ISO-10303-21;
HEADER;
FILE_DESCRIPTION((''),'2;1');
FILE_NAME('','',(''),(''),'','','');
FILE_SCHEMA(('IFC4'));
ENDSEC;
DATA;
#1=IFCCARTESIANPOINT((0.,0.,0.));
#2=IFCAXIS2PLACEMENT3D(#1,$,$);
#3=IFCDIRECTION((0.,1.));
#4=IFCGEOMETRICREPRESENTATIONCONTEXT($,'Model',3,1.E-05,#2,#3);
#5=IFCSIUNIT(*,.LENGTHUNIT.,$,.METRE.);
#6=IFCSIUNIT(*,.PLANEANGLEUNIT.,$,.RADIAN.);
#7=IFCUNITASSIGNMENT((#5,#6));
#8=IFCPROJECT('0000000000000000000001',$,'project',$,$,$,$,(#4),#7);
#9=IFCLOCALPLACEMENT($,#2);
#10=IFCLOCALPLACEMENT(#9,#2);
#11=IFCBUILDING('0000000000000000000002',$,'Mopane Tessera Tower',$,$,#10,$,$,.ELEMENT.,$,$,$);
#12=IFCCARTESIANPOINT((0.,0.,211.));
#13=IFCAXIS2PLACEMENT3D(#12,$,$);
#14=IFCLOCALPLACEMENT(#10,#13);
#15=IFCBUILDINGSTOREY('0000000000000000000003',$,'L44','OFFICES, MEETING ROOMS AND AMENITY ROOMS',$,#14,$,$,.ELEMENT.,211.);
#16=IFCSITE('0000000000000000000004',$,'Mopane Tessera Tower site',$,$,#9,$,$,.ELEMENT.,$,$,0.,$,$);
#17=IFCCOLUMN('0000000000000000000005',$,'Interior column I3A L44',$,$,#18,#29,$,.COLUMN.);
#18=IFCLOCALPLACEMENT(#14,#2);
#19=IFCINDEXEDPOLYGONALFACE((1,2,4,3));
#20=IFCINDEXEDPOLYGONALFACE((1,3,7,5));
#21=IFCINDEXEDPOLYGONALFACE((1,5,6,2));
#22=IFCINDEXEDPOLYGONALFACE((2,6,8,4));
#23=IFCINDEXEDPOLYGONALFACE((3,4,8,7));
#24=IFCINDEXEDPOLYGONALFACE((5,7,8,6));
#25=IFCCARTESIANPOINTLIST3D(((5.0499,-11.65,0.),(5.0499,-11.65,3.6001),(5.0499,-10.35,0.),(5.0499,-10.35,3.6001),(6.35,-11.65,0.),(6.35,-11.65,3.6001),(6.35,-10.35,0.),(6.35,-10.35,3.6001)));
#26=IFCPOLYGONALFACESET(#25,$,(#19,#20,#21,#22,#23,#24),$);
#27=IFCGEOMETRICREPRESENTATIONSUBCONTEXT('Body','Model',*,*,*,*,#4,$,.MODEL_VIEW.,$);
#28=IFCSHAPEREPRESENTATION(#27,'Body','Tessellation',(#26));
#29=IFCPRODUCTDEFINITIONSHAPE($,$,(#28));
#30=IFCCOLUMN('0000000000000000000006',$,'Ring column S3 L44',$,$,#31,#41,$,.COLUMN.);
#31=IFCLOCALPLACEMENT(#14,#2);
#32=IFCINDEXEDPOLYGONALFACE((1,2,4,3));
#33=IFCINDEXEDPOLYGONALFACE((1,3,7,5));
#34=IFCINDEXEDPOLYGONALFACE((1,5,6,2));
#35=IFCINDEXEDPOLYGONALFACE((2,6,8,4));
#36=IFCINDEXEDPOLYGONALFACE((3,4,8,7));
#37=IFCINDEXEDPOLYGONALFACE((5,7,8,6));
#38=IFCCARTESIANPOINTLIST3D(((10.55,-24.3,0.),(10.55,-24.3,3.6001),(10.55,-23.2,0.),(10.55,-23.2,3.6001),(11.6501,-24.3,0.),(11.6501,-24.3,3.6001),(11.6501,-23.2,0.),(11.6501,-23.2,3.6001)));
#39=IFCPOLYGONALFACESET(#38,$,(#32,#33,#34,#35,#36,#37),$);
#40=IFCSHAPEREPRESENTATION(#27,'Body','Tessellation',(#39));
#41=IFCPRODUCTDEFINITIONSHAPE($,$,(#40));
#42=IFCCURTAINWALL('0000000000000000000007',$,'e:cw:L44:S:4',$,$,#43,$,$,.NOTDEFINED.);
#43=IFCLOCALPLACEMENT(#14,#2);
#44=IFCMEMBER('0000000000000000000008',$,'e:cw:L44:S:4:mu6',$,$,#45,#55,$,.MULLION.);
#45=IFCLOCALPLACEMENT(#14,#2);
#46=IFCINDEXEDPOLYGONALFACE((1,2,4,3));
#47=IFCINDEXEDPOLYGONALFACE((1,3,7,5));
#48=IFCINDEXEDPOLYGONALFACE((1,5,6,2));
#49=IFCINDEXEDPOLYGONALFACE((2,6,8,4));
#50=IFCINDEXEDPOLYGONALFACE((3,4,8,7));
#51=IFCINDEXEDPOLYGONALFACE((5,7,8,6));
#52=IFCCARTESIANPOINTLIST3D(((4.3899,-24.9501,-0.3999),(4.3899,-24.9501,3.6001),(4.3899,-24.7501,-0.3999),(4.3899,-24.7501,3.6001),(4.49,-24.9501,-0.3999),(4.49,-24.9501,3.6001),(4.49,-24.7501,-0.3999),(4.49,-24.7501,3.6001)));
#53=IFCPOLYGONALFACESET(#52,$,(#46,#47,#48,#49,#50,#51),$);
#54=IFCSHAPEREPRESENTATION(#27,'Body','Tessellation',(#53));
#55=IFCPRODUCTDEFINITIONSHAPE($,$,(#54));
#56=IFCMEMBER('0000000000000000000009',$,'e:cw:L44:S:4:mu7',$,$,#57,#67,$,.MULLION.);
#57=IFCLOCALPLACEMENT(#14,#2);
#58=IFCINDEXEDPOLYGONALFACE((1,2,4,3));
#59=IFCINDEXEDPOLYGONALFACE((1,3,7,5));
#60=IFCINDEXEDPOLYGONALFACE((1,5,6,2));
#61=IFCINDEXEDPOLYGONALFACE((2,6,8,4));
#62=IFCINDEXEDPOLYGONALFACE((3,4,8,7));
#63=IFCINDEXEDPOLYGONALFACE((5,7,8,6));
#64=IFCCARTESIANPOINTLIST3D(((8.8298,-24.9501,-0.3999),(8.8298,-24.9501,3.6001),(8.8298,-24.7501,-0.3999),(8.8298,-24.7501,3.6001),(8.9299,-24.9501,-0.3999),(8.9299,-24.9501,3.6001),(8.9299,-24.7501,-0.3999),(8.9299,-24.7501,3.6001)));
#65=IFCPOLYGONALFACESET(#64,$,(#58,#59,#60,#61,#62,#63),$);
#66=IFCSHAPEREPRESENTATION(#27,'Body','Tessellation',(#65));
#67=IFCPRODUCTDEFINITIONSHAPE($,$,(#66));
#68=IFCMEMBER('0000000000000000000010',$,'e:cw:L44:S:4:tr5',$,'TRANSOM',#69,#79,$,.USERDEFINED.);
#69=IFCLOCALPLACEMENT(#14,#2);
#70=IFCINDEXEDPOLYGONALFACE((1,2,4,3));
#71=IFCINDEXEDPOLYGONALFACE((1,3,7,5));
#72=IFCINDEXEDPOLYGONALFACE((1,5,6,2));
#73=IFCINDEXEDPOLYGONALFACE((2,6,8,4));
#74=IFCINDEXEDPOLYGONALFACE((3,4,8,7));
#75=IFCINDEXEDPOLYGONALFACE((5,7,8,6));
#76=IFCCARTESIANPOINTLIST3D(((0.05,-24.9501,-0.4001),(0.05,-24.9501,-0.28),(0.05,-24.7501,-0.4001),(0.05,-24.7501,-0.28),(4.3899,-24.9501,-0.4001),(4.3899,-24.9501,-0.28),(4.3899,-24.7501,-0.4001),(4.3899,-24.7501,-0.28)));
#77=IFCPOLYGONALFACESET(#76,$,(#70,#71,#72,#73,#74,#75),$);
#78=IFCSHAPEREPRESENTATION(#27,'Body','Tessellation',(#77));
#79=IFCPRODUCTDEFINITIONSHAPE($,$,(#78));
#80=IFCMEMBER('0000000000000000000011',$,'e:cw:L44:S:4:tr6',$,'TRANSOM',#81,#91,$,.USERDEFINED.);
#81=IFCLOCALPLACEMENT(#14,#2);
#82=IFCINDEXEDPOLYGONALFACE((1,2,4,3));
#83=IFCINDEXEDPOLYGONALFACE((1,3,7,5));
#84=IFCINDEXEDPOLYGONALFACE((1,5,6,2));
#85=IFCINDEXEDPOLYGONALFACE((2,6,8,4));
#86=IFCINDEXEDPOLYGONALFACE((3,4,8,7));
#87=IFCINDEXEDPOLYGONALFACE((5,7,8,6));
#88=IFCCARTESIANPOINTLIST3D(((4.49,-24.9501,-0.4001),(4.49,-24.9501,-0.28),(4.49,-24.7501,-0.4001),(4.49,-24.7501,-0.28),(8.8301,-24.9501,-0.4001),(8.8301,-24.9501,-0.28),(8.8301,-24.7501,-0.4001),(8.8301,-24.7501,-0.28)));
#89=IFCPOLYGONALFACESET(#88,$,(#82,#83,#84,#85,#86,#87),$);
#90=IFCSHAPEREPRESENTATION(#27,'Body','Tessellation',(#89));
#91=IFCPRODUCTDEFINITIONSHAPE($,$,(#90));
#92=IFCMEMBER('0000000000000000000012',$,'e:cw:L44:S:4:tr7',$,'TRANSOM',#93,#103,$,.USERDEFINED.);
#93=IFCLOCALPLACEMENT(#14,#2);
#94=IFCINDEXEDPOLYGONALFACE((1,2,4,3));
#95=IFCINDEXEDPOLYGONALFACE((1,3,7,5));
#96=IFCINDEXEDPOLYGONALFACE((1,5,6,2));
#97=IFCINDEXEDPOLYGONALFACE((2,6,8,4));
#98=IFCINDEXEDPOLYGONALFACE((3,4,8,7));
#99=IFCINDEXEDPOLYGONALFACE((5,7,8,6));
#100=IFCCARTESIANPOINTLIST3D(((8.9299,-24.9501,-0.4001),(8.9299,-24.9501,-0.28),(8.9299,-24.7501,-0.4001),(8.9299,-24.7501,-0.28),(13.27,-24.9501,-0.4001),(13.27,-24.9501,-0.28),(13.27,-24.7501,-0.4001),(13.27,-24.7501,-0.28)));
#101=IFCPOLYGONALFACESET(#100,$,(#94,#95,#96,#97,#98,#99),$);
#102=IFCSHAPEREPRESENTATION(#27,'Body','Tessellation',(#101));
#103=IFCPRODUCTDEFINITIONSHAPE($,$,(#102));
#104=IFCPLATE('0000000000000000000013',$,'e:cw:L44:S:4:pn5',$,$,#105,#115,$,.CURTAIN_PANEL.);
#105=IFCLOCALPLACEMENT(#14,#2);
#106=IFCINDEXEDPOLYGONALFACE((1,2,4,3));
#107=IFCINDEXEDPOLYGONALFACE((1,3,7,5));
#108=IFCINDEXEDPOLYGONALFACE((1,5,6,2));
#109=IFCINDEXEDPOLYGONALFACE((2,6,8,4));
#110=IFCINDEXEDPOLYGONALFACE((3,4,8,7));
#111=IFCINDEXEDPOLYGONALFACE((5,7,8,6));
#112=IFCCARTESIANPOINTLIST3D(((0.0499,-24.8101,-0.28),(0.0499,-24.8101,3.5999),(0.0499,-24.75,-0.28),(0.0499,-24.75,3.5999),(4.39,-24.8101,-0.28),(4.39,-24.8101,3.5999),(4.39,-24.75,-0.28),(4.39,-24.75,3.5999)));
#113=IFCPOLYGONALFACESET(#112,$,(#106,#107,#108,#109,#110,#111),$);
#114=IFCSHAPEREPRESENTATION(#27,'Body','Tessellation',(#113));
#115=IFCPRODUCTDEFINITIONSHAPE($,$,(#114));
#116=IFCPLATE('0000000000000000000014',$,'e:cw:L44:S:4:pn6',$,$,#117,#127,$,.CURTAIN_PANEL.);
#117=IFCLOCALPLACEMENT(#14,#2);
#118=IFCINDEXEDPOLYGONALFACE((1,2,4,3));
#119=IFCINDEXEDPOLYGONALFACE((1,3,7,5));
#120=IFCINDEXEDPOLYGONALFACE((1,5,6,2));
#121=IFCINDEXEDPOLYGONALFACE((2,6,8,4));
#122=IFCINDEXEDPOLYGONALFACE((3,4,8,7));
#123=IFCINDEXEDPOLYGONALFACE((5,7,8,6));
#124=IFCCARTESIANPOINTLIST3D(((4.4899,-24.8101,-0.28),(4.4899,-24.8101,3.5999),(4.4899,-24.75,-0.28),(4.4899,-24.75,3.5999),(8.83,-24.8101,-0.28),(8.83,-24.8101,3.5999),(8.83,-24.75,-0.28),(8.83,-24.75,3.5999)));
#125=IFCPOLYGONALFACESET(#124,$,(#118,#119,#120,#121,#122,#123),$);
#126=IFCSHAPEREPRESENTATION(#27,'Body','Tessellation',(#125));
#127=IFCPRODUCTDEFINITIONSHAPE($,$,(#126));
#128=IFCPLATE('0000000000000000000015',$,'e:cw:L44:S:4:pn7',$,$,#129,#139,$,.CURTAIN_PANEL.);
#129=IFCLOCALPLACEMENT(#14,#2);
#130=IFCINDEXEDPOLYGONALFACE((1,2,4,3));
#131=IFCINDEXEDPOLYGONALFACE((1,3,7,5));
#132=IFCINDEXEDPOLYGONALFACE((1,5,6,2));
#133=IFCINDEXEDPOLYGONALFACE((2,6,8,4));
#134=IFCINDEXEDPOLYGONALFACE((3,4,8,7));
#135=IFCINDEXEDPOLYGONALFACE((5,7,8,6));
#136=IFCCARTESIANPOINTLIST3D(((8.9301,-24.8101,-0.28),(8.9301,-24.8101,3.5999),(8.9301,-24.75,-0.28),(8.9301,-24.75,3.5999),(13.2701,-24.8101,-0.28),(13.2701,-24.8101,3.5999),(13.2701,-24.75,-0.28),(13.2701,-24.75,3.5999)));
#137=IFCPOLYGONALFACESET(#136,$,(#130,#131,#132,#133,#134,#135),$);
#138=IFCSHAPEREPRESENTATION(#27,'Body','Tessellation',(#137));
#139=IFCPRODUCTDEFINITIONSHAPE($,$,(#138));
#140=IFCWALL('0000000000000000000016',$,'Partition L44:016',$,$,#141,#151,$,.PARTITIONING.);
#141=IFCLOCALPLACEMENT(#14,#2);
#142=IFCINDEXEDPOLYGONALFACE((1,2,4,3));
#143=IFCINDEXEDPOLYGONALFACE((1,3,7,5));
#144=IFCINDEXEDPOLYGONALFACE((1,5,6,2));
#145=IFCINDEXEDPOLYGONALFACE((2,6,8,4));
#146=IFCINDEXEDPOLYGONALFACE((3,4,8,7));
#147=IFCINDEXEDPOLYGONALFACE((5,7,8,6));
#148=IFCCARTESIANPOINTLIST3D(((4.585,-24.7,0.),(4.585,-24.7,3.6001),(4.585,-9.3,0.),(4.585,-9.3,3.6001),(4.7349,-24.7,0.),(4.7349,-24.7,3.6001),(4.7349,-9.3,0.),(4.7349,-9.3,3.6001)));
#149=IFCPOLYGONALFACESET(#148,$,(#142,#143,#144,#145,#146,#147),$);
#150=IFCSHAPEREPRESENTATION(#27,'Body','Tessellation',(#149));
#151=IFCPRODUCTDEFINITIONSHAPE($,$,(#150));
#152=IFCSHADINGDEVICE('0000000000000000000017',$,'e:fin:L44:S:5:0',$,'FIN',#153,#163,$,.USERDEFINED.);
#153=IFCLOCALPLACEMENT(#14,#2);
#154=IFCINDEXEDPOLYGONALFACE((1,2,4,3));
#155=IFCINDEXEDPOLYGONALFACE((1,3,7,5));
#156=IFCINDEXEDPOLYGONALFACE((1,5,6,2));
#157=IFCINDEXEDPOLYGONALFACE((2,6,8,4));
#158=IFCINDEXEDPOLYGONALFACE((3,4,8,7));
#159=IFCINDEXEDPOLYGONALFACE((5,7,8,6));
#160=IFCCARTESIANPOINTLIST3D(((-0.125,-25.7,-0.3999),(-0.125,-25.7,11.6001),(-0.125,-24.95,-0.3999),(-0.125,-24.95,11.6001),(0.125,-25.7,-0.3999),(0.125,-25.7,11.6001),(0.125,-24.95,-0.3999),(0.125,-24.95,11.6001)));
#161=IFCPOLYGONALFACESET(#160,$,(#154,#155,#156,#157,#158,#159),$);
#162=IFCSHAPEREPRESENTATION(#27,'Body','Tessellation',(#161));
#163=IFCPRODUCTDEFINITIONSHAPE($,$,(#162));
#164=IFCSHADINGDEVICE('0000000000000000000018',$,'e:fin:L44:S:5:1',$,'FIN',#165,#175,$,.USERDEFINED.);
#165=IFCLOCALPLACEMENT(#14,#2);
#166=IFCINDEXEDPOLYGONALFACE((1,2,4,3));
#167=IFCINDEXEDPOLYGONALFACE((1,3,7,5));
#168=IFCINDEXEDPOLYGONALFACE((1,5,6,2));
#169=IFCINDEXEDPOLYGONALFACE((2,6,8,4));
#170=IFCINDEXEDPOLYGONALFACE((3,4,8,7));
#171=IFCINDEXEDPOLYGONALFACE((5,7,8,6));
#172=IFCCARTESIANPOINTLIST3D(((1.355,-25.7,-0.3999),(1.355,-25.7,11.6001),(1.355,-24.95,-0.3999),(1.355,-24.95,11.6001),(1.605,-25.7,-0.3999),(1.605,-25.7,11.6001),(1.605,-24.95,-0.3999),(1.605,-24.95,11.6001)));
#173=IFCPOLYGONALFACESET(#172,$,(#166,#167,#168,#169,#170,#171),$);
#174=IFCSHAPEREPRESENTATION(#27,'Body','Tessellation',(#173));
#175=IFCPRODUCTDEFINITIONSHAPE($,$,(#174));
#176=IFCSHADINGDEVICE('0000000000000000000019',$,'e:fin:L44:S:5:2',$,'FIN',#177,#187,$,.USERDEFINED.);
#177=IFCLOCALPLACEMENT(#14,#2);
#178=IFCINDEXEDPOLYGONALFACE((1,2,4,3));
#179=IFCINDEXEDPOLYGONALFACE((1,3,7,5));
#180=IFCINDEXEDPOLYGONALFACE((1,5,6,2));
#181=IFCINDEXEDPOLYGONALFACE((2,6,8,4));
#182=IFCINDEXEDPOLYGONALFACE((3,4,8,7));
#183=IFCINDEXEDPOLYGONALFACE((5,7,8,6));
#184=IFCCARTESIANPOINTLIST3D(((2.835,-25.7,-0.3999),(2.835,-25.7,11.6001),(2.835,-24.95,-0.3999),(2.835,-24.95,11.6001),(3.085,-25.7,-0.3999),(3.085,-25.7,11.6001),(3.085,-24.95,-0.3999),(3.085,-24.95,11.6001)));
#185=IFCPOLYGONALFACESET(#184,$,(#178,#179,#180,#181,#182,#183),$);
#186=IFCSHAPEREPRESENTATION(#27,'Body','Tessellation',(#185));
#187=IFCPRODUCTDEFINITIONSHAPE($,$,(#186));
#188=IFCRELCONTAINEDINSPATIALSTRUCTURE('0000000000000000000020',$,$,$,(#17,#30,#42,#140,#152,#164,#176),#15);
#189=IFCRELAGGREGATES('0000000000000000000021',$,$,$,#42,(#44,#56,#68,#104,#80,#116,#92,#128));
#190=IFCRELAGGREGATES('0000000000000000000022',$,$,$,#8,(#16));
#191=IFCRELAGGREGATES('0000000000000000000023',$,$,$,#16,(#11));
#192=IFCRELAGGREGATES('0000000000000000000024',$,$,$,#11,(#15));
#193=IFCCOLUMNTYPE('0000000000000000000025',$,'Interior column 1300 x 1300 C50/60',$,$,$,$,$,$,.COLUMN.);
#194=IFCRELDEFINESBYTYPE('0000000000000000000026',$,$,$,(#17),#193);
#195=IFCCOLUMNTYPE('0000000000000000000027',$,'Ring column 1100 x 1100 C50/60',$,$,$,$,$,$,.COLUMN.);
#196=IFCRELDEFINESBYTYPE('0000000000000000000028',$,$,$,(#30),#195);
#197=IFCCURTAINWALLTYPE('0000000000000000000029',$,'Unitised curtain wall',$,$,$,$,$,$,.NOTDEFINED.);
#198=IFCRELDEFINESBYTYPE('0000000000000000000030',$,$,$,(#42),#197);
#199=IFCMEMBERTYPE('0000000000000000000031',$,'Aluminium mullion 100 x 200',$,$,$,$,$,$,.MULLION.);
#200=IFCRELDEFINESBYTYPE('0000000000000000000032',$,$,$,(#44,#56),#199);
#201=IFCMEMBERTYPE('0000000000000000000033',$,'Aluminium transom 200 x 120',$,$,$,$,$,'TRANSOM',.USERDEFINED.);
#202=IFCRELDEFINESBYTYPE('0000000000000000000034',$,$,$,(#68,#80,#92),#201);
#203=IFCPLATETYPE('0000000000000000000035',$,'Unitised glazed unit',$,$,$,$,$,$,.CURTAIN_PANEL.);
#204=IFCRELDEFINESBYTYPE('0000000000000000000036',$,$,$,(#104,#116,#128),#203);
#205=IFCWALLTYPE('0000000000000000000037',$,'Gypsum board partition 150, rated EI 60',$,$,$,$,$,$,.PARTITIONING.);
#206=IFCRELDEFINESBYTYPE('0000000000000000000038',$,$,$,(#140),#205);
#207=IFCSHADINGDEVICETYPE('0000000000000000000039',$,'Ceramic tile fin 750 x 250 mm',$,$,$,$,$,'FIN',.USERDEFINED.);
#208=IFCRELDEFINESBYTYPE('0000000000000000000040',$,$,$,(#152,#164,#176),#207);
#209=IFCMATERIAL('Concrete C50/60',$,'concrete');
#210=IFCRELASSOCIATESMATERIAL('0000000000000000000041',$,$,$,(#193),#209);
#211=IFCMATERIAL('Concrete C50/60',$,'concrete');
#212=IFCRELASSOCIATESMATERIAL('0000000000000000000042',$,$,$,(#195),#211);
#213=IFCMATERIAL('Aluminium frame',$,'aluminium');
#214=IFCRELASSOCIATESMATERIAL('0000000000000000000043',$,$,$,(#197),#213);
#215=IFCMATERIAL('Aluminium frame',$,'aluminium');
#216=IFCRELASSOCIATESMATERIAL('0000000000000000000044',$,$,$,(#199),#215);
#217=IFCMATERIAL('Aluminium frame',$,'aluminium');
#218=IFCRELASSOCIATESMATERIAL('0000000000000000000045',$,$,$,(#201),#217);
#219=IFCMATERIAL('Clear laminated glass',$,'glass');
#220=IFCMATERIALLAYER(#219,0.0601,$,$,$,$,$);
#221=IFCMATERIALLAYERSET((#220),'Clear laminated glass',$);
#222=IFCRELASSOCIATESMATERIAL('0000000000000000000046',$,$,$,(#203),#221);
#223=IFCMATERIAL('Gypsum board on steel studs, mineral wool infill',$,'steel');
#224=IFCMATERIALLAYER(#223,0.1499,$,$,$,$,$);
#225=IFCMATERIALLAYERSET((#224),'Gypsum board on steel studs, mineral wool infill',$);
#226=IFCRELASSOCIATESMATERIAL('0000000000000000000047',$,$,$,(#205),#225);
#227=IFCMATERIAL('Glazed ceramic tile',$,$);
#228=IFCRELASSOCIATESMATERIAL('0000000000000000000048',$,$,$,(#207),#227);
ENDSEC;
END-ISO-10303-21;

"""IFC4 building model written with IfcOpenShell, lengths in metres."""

from ifc_helpers import new_model, si_unit, direction, frame, frame_2d, origin, origin_2d, place, context, subcontext, project, spatial, rectangle, extrude, material, layer, layer_set, material_profile, profile_set, type_object, element, aggregate, save


model = new_model("IFC4")

# Units and contexts
model_context = context("Model", 3, precision=1e-05, world=origin(), true_north=direction((0.0, 1.0)))
body_context = subcontext(model_context, "Body", "Model", "MODEL_VIEW")
ifc_project = project(units=[si_unit("LENGTHUNIT", "METRE"), si_unit("PLANEANGLEUNIT", "RADIAN")], contexts=[model_context])

# Site, building, storey
site_placement = place(None, origin())
site = spatial("IfcSite", under=ifc_project, at=site_placement, Name="Mopane Tessera Tower site", CompositionType="ELEMENT", RefElevation=0.0)
building_placement = place(site_placement, origin())
building = spatial("IfcBuilding", under=site, at=building_placement, Name="Mopane Tessera Tower", CompositionType="ELEMENT")
storey_placement = place(building_placement, frame((0.0, 0.0, 211.0)))
storey = spatial("IfcBuildingStorey", under=building, at=storey_placement, Name="L44", Description="OFFICES, MEETING ROOMS AND AMENITY ROOMS", CompositionType="ELEMENT", Elevation=211.0)

# Columns
ifc_material_1 = material(Name="Concrete C50/60", Category="concrete")
ifc_material_profile_1 = material_profile(ifc_material_1, rectangle(XDim=1.3, YDim=1.3, at=origin_2d()))
ifc_profile_set_1 = profile_set([ifc_material_profile_1], Name="Concrete C50/60")
column_type_1 = type_object("IfcColumnType", Name="Interior column 1300 x 1300 C50/60", PredefinedType="COLUMN", material=ifc_profile_set_1)
column_1_placement = place(storey_placement, frame((5.7, -11.0, 0.0), z_axis=(0.0, 0.0, 1.0), x_axis=(1.0, 0.0, 0.0)))
element("IfcColumn", 1, at=column_1_placement, inside=storey, type_object=column_type_1, Name="Interior column I3A L44", PredefinedType="COLUMN", context=body_context, shape_type="SweptSolid", body=[
    extrude(rectangle(XDim=1.3, YDim=1.3, at=origin_2d()), origin(), (0.0, 0.0, 1.0), 3.6001),
])
ifc_material_2 = material(Name="Concrete C50/60", Category="concrete")
ifc_material_profile_2 = material_profile(ifc_material_2, rectangle(XDim=1.1001, YDim=1.1001, at=origin_2d()))
ifc_profile_set_2 = profile_set([ifc_material_profile_2], Name="Concrete C50/60")
column_type_2 = type_object("IfcColumnType", Name="Ring column 1100 x 1100 C50/60", PredefinedType="COLUMN", material=ifc_profile_set_2)
column_2_placement = place(storey_placement, frame((11.1001, -23.75, 0.0), z_axis=(0.0, 0.0, 1.0), x_axis=(1.0, 0.0, 0.0)))
element("IfcColumn", 2, at=column_2_placement, inside=storey, type_object=column_type_2, Name="Ring column S3 L44", PredefinedType="COLUMN", context=body_context, shape_type="SweptSolid", body=[
    extrude(rectangle(XDim=1.1001, YDim=1.1001, at=origin_2d()), origin(), (0.0, 0.0, 1.0), 3.6001),
])

# Curtain wall, members, plates
ifc_material_3 = material(Name="Aluminium frame", Category="aluminium")
curtain_wall_type = type_object("IfcCurtainWallType", Name="Unitised curtain wall", PredefinedType="NOTDEFINED", material=ifc_material_3)
curtain_wall_placement = place(storey_placement, origin())
curtain_wall = element("IfcCurtainWall", 3, at=curtain_wall_placement, inside=storey, type_object=curtain_wall_type, Name="e:cw:L44:S:4", PredefinedType="NOTDEFINED")
ifc_material_4 = material(Name="Aluminium frame", Category="aluminium")
ifc_material_profile_3 = material_profile(ifc_material_4, rectangle(XDim=0.1001, YDim=0.2, at=origin_2d()))
ifc_profile_set_3 = profile_set([ifc_material_profile_3], Name="Aluminium frame")
member_type_1 = type_object("IfcMemberType", Name="Aluminium mullion 100 x 200", PredefinedType="MULLION", material=ifc_profile_set_3)
member_1_placement = place(storey_placement, frame((4.4399, -24.8501, -0.3999), z_axis=(0.0, 0.0, 1.0), x_axis=(1.0, 0.0, 0.0)))
member_1 = element("IfcMember", 4, at=member_1_placement, type_object=member_type_1, Name="e:cw:L44:S:4:mu6", PredefinedType="MULLION", context=body_context, shape_type="SweptSolid", body=[
    extrude(rectangle(XDim=0.1001, YDim=0.2, at=origin_2d()), origin(), (0.0, 0.0, 1.0), 4.0),
])
member_2_placement = place(storey_placement, frame((8.8799, -24.8501, -0.3999), z_axis=(0.0, 0.0, 1.0), x_axis=(1.0, 0.0, 0.0)))
member_2 = element("IfcMember", 5, at=member_2_placement, type_object=member_type_1, Name="e:cw:L44:S:4:mu7", PredefinedType="MULLION", context=body_context, shape_type="SweptSolid", body=[
    extrude(rectangle(XDim=0.1001, YDim=0.2, at=origin_2d()), origin(), (0.0, 0.0, 1.0), 4.0),
])
ifc_material_5 = material(Name="Aluminium frame", Category="aluminium")
ifc_material_profile_4 = material_profile(ifc_material_5, rectangle(XDim=0.2, YDim=0.1201, at=origin_2d()))
ifc_profile_set_4 = profile_set([ifc_material_profile_4], Name="Aluminium frame")
member_type_2 = type_object("IfcMemberType", Name="Aluminium transom 200 x 120", ElementType="TRANSOM", PredefinedType="USERDEFINED", material=ifc_profile_set_4)
member_3_placement = place(storey_placement, frame((0.05, -24.8501, -0.3401), z_axis=(1.0, 0.0, 0.0), x_axis=(0.0, 1.0, 0.0)))
member_3 = element("IfcMember", 6, at=member_3_placement, type_object=member_type_2, Name="e:cw:L44:S:4:tr5", ObjectType="TRANSOM", PredefinedType="USERDEFINED", context=body_context, shape_type="SweptSolid", body=[
    extrude(rectangle(XDim=0.2, YDim=0.1201, at=origin_2d()), origin(), (0.0, 0.0, 1.0), 4.3398),
])
member_4_placement = place(storey_placement, frame((4.49, -24.8501, -0.3401), z_axis=(1.0, 0.0, 0.0), x_axis=(0.0, 1.0, 0.0)))
member_4 = element("IfcMember", 7, at=member_4_placement, type_object=member_type_2, Name="e:cw:L44:S:4:tr6", ObjectType="TRANSOM", PredefinedType="USERDEFINED", context=body_context, shape_type="SweptSolid", body=[
    extrude(rectangle(XDim=0.2, YDim=0.1201, at=origin_2d()), origin(), (0.0, 0.0, 1.0), 4.3401),
])
member_5_placement = place(storey_placement, frame((8.9299, -24.8501, -0.3401), z_axis=(1.0, 0.0, 0.0), x_axis=(0.0, 1.0, 0.0)))
member_5 = element("IfcMember", 8, at=member_5_placement, type_object=member_type_2, Name="e:cw:L44:S:4:tr7", ObjectType="TRANSOM", PredefinedType="USERDEFINED", context=body_context, shape_type="SweptSolid", body=[
    extrude(rectangle(XDim=0.2, YDim=0.1201, at=origin_2d()), origin(), (0.0, 0.0, 1.0), 4.3401),
])
ifc_material_6 = material(Name="Clear laminated glass", Category="glass")
ifc_layer_1 = layer(ifc_material_6, 0.0601)
ifc_layer_set_1 = layer_set([ifc_layer_1], Name="Clear laminated glass")
plate_type = type_object("IfcPlateType", Name="Unitised glazed unit", PredefinedType="CURTAIN_PANEL", material=ifc_layer_set_1)
plate_1_placement = place(storey_placement, frame((2.22, -24.78, -0.28), z_axis=(0.0, 0.0, 1.0), x_axis=(1.0, 0.0, 0.0)))
plate_1 = element("IfcPlate", 9, at=plate_1_placement, type_object=plate_type, Name="e:cw:L44:S:4:pn5", PredefinedType="CURTAIN_PANEL", context=body_context, shape_type="SweptSolid", body=[
    extrude(rectangle(XDim=4.3401, YDim=0.0601, at=origin_2d()), origin(), (0.0, 0.0, 1.0), 3.8799),
])
plate_2_placement = place(storey_placement, frame((6.6599, -24.78, -0.28), z_axis=(0.0, 0.0, 1.0), x_axis=(1.0, 0.0, 0.0)))
plate_2 = element("IfcPlate", 10, at=plate_2_placement, type_object=plate_type, Name="e:cw:L44:S:4:pn6", PredefinedType="CURTAIN_PANEL", context=body_context, shape_type="SweptSolid", body=[
    extrude(rectangle(XDim=4.3401, YDim=0.0601, at=origin_2d()), origin(), (0.0, 0.0, 1.0), 3.8799),
])
plate_3_placement = place(storey_placement, frame((11.1001, -24.78, -0.28), z_axis=(0.0, 0.0, 1.0), x_axis=(1.0, 0.0, 0.0)))
plate_3 = element("IfcPlate", 11, at=plate_3_placement, type_object=plate_type, Name="e:cw:L44:S:4:pn7", PredefinedType="CURTAIN_PANEL", context=body_context, shape_type="SweptSolid", body=[
    extrude(rectangle(XDim=4.3401, YDim=0.0601, at=origin_2d()), origin(), (0.0, 0.0, 1.0), 3.8799),
])
aggregate(curtain_wall, [member_1, member_2, member_3, plate_1, member_4, plate_2, member_5, plate_3])

# Wall
ifc_material_7 = material(Name="Gypsum board on steel studs, mineral wool infill", Category="steel")
ifc_layer_2 = layer(ifc_material_7, 0.1499)
ifc_layer_set_2 = layer_set([ifc_layer_2], Name="Gypsum board on steel studs, mineral wool infill")
wall_type = type_object("IfcWallType", Name="Gypsum board partition 150, rated EI 60", PredefinedType="PARTITIONING", material=ifc_layer_set_2)
wall_placement = place(storey_placement, frame((4.6599, -24.7, 0.0), z_axis=(0.0, 0.0, 1.0), x_axis=(0.0, 1.0, 0.0)))
element("IfcWall", 12, at=wall_placement, inside=storey, type_object=wall_type, Name="Partition L44:016", PredefinedType="PARTITIONING", context=body_context, shape_type="SweptSolid", body=[
    extrude(rectangle(XDim=15.3999, YDim=0.1499, at=frame_2d((7.7, 0.0))), origin(), (0.0, 0.0, 1.0), 3.6001),
])

# Shading devices
ifc_material_8 = material(Name="Glazed ceramic tile")
shading_device_type = type_object("IfcShadingDeviceType", Name="Ceramic tile fin 750 x 250 mm", ElementType="FIN", PredefinedType="USERDEFINED", material=ifc_material_8)
for number, where, z_axis, x_axis, name in (
    (13, (0.0, -25.325, -0.3999), (0.0, 0.0, 1.0), (1.0, 0.0, 0.0), "e:fin:L44:S:5:0"),
    (14, (1.48, -25.325, -0.3999), (0.0, 0.0, 1.0), (1.0, 0.0, 0.0), "e:fin:L44:S:5:1"),
    (15, (2.96, -25.325, -0.3999), (0.0, 0.0, 1.0), (1.0, 0.0, 0.0), "e:fin:L44:S:5:2"),
):
    element("IfcShadingDevice", number, at=place(storey_placement, frame(where, z_axis=z_axis, x_axis=x_axis)), inside=storey, type_object=shading_device_type, Name=name, ObjectType="FIN", PredefinedType="USERDEFINED", context=body_context, shape_type="SweptSolid", body=[
        extrude(rectangle(XDim=0.25, YDim=0.75, at=origin_2d()), origin(), (0.0, 0.0, 1.0), 12.0),
    ])

save(model, "model.ifc")
